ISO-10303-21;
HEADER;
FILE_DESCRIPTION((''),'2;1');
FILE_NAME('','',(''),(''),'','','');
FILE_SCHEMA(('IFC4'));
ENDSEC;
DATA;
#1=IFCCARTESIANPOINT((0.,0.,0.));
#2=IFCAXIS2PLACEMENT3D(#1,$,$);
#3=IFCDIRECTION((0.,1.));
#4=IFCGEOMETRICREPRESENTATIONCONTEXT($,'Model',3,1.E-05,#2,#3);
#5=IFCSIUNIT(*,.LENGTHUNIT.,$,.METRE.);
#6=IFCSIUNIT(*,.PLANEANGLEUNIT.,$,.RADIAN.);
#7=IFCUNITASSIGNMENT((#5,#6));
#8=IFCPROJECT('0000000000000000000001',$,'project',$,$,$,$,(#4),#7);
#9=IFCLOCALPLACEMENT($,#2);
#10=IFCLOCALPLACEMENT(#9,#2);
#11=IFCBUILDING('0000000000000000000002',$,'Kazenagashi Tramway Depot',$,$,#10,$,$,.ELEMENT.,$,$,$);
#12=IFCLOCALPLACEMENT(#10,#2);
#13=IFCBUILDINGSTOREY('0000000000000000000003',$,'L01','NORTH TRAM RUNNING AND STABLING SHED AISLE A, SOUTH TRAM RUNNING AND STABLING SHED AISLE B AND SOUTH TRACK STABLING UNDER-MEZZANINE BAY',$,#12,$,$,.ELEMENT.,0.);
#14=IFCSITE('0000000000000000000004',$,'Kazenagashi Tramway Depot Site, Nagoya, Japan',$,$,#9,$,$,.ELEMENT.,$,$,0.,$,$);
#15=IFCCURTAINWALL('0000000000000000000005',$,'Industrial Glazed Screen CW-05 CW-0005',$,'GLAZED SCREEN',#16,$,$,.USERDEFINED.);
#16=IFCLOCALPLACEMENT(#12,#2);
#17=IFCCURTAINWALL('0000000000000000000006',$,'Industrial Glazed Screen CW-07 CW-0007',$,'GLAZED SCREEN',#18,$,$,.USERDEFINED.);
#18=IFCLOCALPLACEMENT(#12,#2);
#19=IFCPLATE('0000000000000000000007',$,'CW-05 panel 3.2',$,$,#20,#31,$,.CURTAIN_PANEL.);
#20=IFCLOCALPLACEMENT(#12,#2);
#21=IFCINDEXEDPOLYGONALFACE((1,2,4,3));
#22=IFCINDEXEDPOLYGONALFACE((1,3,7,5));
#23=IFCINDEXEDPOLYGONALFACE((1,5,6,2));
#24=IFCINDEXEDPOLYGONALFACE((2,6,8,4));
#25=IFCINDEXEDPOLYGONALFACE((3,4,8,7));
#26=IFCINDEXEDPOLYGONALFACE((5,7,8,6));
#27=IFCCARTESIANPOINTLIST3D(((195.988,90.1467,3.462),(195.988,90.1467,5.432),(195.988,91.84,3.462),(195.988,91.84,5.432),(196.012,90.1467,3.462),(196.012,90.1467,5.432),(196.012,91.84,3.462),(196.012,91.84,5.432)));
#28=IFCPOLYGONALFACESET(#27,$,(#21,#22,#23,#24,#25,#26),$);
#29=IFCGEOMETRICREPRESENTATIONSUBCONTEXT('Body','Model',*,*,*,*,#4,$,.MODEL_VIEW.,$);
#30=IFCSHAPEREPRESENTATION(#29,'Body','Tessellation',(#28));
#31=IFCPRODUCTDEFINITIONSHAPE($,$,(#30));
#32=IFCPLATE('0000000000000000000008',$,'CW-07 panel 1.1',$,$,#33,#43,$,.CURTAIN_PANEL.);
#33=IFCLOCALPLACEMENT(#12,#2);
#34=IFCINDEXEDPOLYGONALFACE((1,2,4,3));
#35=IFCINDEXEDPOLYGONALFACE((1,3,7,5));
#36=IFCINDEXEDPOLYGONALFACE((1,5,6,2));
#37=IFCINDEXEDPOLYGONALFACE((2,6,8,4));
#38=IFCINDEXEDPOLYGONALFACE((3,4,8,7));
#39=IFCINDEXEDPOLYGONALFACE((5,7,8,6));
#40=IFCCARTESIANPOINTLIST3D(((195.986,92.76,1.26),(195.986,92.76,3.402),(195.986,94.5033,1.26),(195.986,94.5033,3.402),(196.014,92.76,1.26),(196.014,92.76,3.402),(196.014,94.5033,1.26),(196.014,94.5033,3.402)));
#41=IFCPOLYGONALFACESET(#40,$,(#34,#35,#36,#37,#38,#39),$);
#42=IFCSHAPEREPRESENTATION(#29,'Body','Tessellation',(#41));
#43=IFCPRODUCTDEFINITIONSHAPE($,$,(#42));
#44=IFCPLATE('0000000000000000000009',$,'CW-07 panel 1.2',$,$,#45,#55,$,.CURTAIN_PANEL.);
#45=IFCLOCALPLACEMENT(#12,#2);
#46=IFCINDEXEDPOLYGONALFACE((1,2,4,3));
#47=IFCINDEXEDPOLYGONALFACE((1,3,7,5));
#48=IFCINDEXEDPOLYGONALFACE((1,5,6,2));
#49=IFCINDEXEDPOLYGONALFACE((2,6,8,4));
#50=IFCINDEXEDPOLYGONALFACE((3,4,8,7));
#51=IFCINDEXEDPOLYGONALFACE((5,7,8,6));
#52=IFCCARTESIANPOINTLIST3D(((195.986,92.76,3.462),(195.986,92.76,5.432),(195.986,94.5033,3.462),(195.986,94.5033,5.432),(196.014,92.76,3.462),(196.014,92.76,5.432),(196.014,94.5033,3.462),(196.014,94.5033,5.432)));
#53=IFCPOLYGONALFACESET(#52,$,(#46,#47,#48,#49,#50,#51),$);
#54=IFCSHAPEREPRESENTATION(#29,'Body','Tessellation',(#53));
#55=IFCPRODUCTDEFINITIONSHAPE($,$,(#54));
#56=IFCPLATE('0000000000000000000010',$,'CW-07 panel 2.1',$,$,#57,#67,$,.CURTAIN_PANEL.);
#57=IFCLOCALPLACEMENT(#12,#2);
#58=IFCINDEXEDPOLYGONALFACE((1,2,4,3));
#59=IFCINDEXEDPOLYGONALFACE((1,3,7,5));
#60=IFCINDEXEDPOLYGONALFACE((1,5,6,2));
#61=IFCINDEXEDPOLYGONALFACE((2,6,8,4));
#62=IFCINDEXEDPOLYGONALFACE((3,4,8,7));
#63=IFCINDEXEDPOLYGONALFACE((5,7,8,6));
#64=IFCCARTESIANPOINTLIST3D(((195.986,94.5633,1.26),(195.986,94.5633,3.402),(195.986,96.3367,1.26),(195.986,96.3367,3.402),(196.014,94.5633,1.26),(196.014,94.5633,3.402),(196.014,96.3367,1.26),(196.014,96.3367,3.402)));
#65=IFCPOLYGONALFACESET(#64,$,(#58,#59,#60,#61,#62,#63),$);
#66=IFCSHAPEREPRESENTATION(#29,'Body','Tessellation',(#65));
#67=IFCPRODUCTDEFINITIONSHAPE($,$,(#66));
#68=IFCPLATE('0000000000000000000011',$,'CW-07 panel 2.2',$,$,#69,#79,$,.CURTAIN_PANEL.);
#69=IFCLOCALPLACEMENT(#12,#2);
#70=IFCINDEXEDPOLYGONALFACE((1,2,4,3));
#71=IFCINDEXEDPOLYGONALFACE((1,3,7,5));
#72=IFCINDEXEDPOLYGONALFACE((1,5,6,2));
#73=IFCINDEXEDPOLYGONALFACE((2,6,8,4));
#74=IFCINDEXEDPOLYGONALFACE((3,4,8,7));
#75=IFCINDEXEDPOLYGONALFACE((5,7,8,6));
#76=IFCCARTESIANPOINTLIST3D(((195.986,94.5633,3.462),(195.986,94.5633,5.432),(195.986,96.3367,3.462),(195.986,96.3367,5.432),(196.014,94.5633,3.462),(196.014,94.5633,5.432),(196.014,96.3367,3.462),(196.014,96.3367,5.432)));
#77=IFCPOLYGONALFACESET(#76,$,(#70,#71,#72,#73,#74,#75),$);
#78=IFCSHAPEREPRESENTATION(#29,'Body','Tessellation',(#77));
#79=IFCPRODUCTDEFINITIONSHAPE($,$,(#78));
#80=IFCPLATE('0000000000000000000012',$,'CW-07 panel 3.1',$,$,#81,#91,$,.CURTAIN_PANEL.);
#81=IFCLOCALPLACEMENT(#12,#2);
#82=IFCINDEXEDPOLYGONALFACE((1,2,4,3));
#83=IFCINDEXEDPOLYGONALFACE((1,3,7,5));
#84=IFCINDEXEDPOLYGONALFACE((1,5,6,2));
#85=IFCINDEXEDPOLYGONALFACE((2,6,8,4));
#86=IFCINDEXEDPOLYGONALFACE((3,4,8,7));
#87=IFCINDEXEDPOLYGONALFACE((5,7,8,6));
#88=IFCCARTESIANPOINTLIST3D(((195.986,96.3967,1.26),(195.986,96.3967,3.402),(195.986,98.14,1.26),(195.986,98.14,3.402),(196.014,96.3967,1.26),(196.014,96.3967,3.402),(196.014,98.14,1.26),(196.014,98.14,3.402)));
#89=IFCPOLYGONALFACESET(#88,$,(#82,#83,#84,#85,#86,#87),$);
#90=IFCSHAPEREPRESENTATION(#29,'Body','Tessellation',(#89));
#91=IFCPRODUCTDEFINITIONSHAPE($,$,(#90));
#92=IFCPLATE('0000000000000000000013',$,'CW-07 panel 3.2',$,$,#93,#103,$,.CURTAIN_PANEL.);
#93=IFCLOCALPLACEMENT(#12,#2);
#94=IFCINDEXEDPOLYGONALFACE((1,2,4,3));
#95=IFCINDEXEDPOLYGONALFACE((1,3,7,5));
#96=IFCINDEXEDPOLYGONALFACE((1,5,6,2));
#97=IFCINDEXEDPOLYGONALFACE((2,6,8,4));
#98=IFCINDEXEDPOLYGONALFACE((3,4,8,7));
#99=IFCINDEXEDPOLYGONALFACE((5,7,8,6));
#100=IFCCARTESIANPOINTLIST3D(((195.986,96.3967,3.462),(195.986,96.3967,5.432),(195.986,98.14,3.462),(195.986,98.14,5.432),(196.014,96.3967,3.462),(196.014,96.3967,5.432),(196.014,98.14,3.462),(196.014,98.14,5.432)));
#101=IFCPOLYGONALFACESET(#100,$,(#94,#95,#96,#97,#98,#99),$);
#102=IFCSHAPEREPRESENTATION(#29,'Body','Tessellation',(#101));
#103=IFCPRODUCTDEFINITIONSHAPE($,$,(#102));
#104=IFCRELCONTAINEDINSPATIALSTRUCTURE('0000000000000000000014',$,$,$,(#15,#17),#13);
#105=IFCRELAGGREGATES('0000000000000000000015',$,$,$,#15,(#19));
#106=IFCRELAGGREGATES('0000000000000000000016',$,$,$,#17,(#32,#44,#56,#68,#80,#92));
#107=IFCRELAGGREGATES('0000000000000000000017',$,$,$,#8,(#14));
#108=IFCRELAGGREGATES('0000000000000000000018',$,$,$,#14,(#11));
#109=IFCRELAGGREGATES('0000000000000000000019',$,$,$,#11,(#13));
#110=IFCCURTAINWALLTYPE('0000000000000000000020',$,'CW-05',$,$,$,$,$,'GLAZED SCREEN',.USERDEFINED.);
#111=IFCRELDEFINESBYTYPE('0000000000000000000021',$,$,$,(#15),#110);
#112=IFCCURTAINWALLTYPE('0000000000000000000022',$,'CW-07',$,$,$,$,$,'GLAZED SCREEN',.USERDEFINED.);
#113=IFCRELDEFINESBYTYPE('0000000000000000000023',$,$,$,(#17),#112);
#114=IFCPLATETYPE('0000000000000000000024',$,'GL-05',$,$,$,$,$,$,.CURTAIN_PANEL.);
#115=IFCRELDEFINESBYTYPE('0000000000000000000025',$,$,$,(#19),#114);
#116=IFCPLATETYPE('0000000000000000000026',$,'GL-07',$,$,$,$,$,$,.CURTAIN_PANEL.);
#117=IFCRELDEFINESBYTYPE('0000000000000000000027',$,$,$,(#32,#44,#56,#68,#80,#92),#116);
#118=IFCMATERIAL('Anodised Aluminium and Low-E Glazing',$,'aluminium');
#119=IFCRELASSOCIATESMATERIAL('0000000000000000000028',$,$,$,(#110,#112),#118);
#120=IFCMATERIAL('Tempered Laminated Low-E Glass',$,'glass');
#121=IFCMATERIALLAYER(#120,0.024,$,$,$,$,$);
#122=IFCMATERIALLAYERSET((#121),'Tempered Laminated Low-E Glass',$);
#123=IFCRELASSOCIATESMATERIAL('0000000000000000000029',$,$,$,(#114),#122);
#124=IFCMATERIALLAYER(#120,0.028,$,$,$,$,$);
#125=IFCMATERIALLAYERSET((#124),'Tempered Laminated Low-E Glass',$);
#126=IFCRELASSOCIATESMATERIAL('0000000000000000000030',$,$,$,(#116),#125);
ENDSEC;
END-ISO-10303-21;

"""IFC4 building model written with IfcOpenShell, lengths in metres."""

from ifc_helpers import new_model, si_unit, direction, frame, origin, origin_2d, place, context, subcontext, project, spatial, rectangle, extrude, material, layer, layer_set, type_object, element, aggregate, save


model = new_model("IFC4")

# Units and contexts
model_context = context("Model", 3, precision=1e-05, world=origin(), true_north=direction((0.0, 1.0)))
body_context = subcontext(model_context, "Body", "Model", "MODEL_VIEW")
ifc_project = project(units=[si_unit("LENGTHUNIT", "METRE"), si_unit("PLANEANGLEUNIT", "RADIAN")], contexts=[model_context])

# Site, building, storey
site_placement = place(None, origin())
site = spatial("IfcSite", under=ifc_project, at=site_placement, Name="Kazenagashi Tramway Depot Site, Nagoya, Japan", CompositionType="ELEMENT", RefElevation=0.0)
building_placement = place(site_placement, origin())
building = spatial("IfcBuilding", under=site, at=building_placement, Name="Kazenagashi Tramway Depot", CompositionType="ELEMENT")
storey_placement = place(building_placement, origin())
storey = spatial("IfcBuildingStorey", under=building, at=storey_placement, Name="L01", Description="NORTH TRAM RUNNING AND STABLING SHED AISLE A, SOUTH TRAM RUNNING AND STABLING SHED AISLE B AND SOUTH TRACK STABLING UNDER-MEZZANINE BAY", CompositionType="ELEMENT", Elevation=0.0)

# Curtain walls
ifc_material_1 = material(Name="Anodised Aluminium and Low-E Glazing", Category="aluminium")
curtain_wall_type_1 = type_object("IfcCurtainWallType", Name="CW-05", ElementType="GLAZED SCREEN", PredefinedType="USERDEFINED", material=ifc_material_1)
curtain_wall_1_placement = place(storey_placement, origin())
curtain_wall_1 = element("IfcCurtainWall", 1, at=curtain_wall_1_placement, inside=storey, type_object=curtain_wall_type_1, Name="Industrial Glazed Screen CW-05 CW-0005", ObjectType="GLAZED SCREEN", PredefinedType="USERDEFINED")
curtain_wall_type_2 = type_object("IfcCurtainWallType", Name="CW-07", ElementType="GLAZED SCREEN", PredefinedType="USERDEFINED", material=ifc_material_1)
curtain_wall_2_placement = place(storey_placement, origin())
curtain_wall_2 = element("IfcCurtainWall", 2, at=curtain_wall_2_placement, inside=storey, type_object=curtain_wall_type_2, Name="Industrial Glazed Screen CW-07 CW-0007", ObjectType="GLAZED SCREEN", PredefinedType="USERDEFINED")

# Plates
ifc_material_2 = material(Name="Tempered Laminated Low-E Glass", Category="glass")
ifc_layer_1 = layer(ifc_material_2, 0.024)
ifc_layer_set_1 = layer_set([ifc_layer_1], Name="Tempered Laminated Low-E Glass")
plate_type_1 = type_object("IfcPlateType", Name="GL-05", PredefinedType="CURTAIN_PANEL", material=ifc_layer_set_1)
plate_1_placement = place(storey_placement, frame((196.0, 90.9933, 3.462), z_axis=(0.0, 0.0, 1.0), x_axis=(0.0, 1.0, 0.0)))
plate_1 = element("IfcPlate", 3, at=plate_1_placement, type_object=plate_type_1, Name="CW-05 panel 3.2", PredefinedType="CURTAIN_PANEL", context=body_context, shape_type="SweptSolid", body=[
    extrude(rectangle(XDim=1.6933, YDim=0.024, at=origin_2d()), origin(), (0.0, 0.0, 1.0), 1.97),
])
aggregate(curtain_wall_1, [plate_1])
ifc_layer_2 = layer(ifc_material_2, 0.028)
ifc_layer_set_2 = layer_set([ifc_layer_2], Name="Tempered Laminated Low-E Glass")
plate_type_2 = type_object("IfcPlateType", Name="GL-07", PredefinedType="CURTAIN_PANEL", material=ifc_layer_set_2)
plate_2_placement = place(storey_placement, frame((196.0, 93.6317, 1.26), z_axis=(0.0, 0.0, 1.0), x_axis=(0.0, 1.0, 0.0)))
plate_2 = element("IfcPlate", 4, at=plate_2_placement, type_object=plate_type_2, Name="CW-07 panel 1.1", PredefinedType="CURTAIN_PANEL", context=body_context, shape_type="SweptSolid", body=[
    extrude(rectangle(XDim=1.7433, YDim=0.028, at=origin_2d()), origin(), (0.0, 0.0, 1.0), 2.142),
])
plate_3_placement = place(storey_placement, frame((196.0, 93.6317, 3.462), z_axis=(0.0, 0.0, 1.0), x_axis=(0.0, 1.0, 0.0)))
plate_3 = element("IfcPlate", 5, at=plate_3_placement, type_object=plate_type_2, Name="CW-07 panel 1.2", PredefinedType="CURTAIN_PANEL", context=body_context, shape_type="SweptSolid", body=[
    extrude(rectangle(XDim=1.7433, YDim=0.028, at=origin_2d()), origin(), (0.0, 0.0, 1.0), 1.97),
])
plate_4_placement = place(storey_placement, frame((196.0, 95.45, 1.26), z_axis=(0.0, 0.0, 1.0), x_axis=(0.0, 1.0, 0.0)))
plate_4 = element("IfcPlate", 6, at=plate_4_placement, type_object=plate_type_2, Name="CW-07 panel 2.1", PredefinedType="CURTAIN_PANEL", context=body_context, shape_type="SweptSolid", body=[
    extrude(rectangle(XDim=1.7733, YDim=0.028, at=origin_2d()), origin(), (0.0, 0.0, 1.0), 2.142),
])
plate_5_placement = place(storey_placement, frame((196.0, 95.45, 3.462), z_axis=(0.0, 0.0, 1.0), x_axis=(0.0, 1.0, 0.0)))
plate_5 = element("IfcPlate", 7, at=plate_5_placement, type_object=plate_type_2, Name="CW-07 panel 2.2", PredefinedType="CURTAIN_PANEL", context=body_context, shape_type="SweptSolid", body=[
    extrude(rectangle(XDim=1.7733, YDim=0.028, at=origin_2d()), origin(), (0.0, 0.0, 1.0), 1.97),
])
plate_6_placement = place(storey_placement, frame((196.0, 97.2683, 1.26), z_axis=(0.0, 0.0, 1.0), x_axis=(0.0, 1.0, 0.0)))
plate_6 = element("IfcPlate", 8, at=plate_6_placement, type_object=plate_type_2, Name="CW-07 panel 3.1", PredefinedType="CURTAIN_PANEL", context=body_context, shape_type="SweptSolid", body=[
    extrude(rectangle(XDim=1.7433, YDim=0.028, at=origin_2d()), origin(), (0.0, 0.0, 1.0), 2.142),
])
plate_7_placement = place(storey_placement, frame((196.0, 97.2683, 3.462), z_axis=(0.0, 0.0, 1.0), x_axis=(0.0, 1.0, 0.0)))
plate_7 = element("IfcPlate", 9, at=plate_7_placement, type_object=plate_type_2, Name="CW-07 panel 3.2", PredefinedType="CURTAIN_PANEL", context=body_context, shape_type="SweptSolid", body=[
    extrude(rectangle(XDim=1.7433, YDim=0.028, at=origin_2d()), origin(), (0.0, 0.0, 1.0), 1.97),
])
aggregate(curtain_wall_2, [plate_2, plate_3, plate_4, plate_5, plate_6, plate_7])

save(model, "model.ifc")
